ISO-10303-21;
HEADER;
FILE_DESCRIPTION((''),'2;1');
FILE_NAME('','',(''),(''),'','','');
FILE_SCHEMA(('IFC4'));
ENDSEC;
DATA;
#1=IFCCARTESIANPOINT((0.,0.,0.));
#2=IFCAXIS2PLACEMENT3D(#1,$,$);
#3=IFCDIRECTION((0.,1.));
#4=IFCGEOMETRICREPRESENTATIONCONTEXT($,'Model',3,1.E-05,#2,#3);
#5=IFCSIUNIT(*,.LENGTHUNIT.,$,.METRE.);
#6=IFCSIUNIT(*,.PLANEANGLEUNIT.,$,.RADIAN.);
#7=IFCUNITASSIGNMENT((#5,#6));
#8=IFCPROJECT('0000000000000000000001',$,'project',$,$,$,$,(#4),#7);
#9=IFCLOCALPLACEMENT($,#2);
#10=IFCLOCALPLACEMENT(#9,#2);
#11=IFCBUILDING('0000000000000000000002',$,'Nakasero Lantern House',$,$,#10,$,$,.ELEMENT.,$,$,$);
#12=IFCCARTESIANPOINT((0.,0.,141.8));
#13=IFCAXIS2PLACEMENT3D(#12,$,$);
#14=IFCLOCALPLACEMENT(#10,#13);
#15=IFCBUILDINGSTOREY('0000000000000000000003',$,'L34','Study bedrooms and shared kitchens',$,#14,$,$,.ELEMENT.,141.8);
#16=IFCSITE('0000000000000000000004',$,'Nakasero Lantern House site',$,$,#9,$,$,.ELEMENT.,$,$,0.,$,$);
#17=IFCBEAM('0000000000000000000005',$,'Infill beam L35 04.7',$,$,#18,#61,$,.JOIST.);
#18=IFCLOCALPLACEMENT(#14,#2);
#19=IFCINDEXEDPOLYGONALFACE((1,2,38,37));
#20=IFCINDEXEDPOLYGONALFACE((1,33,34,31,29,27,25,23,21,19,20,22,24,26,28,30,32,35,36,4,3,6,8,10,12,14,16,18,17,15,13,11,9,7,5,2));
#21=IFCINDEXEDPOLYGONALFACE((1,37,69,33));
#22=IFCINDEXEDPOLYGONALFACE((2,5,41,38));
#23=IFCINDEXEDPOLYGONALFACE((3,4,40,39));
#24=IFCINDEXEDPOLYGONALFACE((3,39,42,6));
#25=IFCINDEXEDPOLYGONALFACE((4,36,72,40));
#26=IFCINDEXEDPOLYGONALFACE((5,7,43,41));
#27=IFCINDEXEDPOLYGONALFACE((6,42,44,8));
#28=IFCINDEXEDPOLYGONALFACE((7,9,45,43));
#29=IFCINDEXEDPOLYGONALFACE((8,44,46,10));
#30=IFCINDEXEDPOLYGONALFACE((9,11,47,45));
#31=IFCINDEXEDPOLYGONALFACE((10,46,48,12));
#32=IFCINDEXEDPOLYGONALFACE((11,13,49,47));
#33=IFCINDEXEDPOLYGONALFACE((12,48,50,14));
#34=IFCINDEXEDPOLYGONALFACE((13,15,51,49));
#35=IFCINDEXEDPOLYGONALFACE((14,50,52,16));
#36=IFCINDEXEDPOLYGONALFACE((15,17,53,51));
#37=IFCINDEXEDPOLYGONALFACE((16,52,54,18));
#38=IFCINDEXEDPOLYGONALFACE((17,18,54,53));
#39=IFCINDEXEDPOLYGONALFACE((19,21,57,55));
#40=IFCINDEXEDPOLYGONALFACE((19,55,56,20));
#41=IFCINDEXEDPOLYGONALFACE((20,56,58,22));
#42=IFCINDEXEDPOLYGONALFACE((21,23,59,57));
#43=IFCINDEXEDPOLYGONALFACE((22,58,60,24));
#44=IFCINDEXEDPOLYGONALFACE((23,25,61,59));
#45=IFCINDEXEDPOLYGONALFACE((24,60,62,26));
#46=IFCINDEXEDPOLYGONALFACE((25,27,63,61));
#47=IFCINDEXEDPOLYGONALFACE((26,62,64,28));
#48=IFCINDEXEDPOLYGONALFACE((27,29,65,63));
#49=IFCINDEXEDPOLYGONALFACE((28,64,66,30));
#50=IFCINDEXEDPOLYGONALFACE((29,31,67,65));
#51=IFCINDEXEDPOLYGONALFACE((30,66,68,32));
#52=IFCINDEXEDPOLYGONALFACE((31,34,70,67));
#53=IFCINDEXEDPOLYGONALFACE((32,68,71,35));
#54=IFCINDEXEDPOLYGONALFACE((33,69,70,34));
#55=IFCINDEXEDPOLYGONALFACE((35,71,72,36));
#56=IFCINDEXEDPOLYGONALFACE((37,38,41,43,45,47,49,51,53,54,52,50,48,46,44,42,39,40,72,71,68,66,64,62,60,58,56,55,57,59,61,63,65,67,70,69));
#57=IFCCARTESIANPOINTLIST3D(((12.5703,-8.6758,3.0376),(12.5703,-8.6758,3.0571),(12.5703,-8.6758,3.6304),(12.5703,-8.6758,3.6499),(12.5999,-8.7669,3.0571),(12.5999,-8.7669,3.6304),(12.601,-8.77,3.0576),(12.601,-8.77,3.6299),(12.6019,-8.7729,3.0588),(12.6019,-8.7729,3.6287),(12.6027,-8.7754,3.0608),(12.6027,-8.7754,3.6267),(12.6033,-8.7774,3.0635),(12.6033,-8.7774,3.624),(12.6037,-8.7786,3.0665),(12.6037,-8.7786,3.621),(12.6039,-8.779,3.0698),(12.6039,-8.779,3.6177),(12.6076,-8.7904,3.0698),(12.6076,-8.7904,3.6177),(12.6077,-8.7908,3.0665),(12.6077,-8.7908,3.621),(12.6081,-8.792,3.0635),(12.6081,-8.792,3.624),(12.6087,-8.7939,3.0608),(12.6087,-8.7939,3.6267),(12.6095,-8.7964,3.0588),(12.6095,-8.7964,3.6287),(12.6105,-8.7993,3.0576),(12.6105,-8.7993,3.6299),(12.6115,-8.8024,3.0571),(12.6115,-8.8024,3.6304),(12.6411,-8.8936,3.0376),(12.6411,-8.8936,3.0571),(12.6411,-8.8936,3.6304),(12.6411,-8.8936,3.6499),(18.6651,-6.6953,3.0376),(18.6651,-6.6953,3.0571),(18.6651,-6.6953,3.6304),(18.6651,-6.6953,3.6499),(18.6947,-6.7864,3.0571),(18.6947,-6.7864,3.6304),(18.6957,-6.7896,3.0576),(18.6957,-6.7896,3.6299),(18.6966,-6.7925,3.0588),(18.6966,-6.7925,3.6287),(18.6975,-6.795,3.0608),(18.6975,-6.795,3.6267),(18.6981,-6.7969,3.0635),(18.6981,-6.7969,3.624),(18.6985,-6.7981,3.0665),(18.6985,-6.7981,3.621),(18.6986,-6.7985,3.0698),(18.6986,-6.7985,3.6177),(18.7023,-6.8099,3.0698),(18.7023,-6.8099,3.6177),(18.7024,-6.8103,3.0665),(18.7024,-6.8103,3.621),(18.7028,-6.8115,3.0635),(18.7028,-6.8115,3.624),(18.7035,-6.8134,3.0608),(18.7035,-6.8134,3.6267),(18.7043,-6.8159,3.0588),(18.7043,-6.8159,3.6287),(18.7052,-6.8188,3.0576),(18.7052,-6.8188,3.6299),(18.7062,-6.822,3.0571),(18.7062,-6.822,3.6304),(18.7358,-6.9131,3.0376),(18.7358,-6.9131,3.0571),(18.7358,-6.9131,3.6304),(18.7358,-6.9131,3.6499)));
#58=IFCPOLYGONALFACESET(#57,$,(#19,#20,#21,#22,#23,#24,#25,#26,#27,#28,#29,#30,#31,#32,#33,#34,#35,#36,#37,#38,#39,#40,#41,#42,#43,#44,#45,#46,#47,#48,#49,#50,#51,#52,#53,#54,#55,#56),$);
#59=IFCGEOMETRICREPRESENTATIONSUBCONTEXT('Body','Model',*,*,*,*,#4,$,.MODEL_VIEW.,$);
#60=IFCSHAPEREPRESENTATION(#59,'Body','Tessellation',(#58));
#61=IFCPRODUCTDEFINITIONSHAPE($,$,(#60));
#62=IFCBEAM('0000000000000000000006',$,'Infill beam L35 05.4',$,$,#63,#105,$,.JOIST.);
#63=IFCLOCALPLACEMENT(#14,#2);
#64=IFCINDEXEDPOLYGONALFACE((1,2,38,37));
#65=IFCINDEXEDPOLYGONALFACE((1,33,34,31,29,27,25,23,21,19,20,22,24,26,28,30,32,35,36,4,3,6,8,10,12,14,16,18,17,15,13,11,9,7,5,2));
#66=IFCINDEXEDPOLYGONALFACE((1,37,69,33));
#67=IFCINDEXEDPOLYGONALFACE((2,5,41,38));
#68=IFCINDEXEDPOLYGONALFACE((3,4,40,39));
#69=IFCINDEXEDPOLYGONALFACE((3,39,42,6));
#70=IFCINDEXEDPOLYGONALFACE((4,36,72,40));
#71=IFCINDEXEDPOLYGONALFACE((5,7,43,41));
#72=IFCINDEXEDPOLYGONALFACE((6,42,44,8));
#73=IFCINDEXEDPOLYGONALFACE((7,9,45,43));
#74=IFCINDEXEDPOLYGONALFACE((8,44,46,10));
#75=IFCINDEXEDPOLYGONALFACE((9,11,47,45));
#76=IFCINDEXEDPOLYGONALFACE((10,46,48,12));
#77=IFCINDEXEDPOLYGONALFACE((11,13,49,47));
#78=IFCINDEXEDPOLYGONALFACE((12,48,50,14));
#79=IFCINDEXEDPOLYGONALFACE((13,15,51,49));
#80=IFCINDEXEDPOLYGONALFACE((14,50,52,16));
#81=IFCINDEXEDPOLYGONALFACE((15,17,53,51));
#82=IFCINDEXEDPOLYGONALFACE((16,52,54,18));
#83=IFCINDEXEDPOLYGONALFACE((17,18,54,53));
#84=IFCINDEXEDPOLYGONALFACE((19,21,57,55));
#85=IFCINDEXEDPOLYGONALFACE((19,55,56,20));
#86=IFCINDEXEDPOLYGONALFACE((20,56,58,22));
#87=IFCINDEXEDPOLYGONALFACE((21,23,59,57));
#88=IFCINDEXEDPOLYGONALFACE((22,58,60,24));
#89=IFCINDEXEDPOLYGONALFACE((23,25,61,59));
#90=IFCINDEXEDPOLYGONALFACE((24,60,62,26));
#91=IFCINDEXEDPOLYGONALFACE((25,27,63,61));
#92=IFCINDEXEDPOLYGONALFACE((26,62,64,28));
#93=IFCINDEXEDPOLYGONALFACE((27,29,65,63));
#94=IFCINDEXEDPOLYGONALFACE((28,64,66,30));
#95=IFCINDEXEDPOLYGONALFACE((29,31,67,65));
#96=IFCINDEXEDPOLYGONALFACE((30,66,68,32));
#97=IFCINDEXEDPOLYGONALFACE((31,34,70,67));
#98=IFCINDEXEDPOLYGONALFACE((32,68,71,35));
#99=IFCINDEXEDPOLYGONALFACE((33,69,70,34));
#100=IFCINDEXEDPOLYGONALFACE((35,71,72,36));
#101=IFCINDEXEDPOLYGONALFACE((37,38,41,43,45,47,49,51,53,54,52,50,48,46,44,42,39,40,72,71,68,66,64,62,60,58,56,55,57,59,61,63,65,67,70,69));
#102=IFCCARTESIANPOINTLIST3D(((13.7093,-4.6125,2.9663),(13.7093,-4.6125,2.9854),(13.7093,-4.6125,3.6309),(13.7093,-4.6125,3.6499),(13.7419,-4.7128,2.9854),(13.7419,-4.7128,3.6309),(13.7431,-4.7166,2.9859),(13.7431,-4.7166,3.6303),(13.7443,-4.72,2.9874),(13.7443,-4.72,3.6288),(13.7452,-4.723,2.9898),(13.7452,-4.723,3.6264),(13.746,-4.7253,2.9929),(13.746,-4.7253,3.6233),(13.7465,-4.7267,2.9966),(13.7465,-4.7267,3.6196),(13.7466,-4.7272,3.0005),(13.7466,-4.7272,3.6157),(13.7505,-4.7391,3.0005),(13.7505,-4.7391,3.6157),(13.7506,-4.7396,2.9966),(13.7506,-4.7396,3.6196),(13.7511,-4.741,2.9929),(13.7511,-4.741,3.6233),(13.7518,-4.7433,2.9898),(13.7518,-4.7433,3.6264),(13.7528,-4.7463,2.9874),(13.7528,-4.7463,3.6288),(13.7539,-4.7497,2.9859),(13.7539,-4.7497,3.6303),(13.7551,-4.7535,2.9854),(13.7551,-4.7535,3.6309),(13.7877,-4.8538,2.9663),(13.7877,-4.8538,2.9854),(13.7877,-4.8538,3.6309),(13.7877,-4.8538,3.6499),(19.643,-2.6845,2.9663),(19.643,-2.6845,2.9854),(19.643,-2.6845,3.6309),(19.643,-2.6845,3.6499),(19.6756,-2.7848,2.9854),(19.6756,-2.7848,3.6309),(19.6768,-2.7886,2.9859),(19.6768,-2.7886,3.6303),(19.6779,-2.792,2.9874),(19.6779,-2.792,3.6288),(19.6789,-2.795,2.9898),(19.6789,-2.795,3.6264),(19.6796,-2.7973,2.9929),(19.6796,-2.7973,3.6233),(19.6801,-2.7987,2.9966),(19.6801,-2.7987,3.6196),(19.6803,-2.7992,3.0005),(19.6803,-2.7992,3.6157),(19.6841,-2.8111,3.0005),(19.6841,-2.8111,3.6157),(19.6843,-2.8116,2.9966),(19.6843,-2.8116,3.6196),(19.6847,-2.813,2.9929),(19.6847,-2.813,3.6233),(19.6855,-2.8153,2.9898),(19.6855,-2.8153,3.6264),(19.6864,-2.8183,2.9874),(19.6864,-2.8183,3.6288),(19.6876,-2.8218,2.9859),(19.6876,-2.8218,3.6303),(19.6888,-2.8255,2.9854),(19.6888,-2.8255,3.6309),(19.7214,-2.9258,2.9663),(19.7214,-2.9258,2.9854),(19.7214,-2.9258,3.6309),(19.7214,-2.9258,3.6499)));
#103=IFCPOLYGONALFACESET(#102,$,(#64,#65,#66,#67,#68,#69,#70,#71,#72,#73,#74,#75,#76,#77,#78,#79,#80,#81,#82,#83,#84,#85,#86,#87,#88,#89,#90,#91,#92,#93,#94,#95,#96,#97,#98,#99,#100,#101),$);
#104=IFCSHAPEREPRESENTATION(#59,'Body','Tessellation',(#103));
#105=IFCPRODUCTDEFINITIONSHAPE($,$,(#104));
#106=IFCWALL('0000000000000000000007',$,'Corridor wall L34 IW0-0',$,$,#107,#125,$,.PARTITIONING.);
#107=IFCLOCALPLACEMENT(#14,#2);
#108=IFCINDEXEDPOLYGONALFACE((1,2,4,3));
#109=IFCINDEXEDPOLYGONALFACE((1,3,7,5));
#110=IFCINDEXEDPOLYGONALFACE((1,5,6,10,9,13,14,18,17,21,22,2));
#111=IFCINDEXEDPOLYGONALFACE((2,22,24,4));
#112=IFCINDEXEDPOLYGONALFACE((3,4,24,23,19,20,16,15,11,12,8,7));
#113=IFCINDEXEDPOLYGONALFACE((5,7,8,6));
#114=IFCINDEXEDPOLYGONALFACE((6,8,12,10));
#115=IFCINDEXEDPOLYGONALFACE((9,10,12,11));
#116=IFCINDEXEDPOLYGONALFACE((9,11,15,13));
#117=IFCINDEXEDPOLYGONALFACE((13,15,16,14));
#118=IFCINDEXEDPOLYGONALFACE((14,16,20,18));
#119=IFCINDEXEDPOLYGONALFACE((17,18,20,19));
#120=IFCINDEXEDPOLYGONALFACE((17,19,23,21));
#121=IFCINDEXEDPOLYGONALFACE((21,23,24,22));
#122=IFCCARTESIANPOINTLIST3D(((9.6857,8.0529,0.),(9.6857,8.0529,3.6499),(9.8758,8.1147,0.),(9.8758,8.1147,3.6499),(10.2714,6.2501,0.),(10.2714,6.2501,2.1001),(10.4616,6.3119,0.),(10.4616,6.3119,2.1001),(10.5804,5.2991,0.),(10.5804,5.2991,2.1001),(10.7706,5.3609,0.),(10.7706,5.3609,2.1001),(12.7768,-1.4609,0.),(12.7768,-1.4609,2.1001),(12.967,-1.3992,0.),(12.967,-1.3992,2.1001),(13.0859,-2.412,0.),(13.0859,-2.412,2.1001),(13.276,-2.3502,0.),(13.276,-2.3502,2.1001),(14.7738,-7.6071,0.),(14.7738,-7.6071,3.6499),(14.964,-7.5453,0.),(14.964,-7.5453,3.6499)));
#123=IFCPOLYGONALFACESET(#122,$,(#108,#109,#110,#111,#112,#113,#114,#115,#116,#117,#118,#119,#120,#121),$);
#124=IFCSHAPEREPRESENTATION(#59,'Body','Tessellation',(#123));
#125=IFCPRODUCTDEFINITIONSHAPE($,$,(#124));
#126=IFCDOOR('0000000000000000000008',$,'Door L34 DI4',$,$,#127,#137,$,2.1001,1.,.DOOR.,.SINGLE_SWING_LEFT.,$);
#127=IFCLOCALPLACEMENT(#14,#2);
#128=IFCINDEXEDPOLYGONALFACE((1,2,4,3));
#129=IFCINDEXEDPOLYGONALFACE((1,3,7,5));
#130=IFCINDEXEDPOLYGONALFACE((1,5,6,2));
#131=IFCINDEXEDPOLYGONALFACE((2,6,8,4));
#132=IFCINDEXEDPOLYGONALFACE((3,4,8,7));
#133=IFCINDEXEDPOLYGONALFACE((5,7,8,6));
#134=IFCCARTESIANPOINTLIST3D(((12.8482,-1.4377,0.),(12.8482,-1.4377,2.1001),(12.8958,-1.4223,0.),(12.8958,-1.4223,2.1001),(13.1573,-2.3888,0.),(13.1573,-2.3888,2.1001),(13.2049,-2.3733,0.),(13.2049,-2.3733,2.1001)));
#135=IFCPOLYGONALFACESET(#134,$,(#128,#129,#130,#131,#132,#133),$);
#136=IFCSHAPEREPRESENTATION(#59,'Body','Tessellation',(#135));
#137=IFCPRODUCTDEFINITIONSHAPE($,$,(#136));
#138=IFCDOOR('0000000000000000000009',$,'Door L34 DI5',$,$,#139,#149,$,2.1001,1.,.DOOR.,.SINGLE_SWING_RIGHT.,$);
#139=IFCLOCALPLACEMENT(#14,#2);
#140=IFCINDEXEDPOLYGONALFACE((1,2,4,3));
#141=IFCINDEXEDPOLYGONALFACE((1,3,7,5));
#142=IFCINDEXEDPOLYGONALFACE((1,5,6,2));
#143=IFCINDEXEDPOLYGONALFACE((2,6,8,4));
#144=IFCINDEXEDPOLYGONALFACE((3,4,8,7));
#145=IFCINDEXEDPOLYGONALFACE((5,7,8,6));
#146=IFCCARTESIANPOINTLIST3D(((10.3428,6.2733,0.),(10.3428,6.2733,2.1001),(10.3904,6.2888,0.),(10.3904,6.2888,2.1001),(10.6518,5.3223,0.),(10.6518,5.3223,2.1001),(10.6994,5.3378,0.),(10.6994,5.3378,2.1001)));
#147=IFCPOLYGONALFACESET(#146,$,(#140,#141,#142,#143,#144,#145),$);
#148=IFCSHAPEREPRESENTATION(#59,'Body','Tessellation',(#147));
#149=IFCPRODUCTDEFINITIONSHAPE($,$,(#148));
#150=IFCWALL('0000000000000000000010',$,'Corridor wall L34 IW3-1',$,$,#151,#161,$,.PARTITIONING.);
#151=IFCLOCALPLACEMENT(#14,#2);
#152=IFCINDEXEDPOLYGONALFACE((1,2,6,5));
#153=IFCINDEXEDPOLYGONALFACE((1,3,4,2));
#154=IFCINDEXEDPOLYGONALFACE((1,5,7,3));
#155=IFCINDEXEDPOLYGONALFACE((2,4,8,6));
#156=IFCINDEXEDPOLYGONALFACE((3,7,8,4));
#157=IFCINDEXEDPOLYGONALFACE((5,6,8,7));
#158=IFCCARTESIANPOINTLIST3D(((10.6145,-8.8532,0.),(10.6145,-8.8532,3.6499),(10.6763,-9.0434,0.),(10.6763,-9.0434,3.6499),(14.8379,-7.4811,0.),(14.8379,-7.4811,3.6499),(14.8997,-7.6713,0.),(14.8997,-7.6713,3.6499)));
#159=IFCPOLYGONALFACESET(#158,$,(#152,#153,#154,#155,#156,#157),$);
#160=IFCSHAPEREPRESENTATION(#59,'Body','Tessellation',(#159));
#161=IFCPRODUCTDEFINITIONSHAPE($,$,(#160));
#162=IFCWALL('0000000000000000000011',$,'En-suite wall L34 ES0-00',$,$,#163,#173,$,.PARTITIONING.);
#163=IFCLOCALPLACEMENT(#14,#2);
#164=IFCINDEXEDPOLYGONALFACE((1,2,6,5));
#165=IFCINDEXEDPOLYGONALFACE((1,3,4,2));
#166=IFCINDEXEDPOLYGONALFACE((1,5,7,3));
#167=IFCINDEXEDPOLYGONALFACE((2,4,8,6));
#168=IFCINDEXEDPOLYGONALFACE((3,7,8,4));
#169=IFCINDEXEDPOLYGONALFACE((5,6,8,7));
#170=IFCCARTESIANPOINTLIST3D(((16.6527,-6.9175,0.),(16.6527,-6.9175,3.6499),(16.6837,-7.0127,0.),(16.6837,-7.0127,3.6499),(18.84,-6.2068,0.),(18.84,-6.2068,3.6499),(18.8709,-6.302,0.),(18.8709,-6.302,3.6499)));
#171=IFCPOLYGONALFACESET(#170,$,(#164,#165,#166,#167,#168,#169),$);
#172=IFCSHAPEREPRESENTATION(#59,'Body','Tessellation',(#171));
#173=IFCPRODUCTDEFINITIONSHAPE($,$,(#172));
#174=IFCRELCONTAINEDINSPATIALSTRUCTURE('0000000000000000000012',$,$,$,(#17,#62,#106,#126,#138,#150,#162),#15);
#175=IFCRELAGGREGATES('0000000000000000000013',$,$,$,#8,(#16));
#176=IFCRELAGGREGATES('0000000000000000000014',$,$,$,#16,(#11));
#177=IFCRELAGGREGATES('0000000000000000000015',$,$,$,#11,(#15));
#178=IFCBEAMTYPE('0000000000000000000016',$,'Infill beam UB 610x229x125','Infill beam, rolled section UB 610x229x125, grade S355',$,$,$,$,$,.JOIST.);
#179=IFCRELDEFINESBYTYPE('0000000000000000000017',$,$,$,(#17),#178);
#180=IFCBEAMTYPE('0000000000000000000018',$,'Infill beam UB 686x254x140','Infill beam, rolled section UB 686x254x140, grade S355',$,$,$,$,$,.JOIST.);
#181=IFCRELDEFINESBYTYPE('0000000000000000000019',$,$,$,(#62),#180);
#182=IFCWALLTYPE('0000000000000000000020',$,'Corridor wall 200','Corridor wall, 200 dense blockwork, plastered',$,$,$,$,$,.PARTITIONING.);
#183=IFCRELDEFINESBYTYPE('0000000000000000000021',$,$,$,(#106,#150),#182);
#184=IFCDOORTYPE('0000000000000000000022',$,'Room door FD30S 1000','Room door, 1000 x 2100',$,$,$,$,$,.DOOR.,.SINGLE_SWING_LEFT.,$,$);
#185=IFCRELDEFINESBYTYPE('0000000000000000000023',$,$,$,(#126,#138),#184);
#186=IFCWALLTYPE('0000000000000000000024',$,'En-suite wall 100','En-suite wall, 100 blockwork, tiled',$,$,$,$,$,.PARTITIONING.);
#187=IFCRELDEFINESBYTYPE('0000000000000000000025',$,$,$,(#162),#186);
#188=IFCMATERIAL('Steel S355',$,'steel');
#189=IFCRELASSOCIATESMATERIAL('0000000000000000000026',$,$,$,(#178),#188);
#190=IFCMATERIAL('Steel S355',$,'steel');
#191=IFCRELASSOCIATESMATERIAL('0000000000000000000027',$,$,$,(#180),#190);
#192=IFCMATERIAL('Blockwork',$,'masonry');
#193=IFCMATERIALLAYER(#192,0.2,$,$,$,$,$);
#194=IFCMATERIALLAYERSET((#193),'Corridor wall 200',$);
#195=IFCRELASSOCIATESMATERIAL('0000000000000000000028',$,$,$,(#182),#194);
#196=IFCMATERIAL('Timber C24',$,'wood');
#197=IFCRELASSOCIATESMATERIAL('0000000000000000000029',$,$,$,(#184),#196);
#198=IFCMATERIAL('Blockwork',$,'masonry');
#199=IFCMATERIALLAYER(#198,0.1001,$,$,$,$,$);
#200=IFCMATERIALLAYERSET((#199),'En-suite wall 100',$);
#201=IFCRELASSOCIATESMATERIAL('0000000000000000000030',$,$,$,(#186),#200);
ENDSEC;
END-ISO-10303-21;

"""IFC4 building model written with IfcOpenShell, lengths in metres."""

from ifc_helpers import new_model, si_unit, direction, frame, frame_2d, origin, origin_2d, place, context, subcontext, project, spatial, rectangle, i_section, extrude, material, layer, layer_set, material_profile, profile_set, type_object, element, fill, save


model = new_model("IFC4")

# Units and contexts
model_context = context("Model", 3, precision=1e-05, world=origin(), true_north=direction((0.0, 1.0)))
body_context = subcontext(model_context, "Body", "Model", "MODEL_VIEW")
ifc_project = project(units=[si_unit("LENGTHUNIT", "METRE"), si_unit("PLANEANGLEUNIT", "RADIAN")], contexts=[model_context])

# Site, building, storey
site_placement = place(None, origin())
site = spatial("IfcSite", under=ifc_project, at=site_placement, Name="Nakasero Lantern House site", CompositionType="ELEMENT", RefElevation=0.0)
building_placement = place(site_placement, origin())
building = spatial("IfcBuilding", under=site, at=building_placement, Name="Nakasero Lantern House", CompositionType="ELEMENT")
storey_placement = place(building_placement, frame((0.0, 0.0, 141.8)))
storey = spatial("IfcBuildingStorey", under=building, at=storey_placement, Name="L34", Description="Study bedrooms and shared kitchens", CompositionType="ELEMENT", Elevation=141.8)

# Beams
ifc_material_1 = material(Name="Steel S355", Category="steel")
ifc_material_profile_1 = material_profile(ifc_material_1, i_section(OverallWidth=0.229, OverallDepth=0.6123, WebThickness=0.012, FlangeThickness=0.0195, FilletRadius=0.0127, at=origin_2d()), Name="UB 610x229x125")
ifc_profile_set_1 = profile_set([ifc_material_profile_1], Name="Steel S355")
beam_type_1 = type_object("IfcBeamType", Name="Infill beam UB 610x229x125", Description="Infill beam, rolled section UB 610x229x125, grade S355", PredefinedType="JOIST", material=ifc_profile_set_1)
beam_1_placement = place(storey_placement, frame((12.6057, -8.7847, 3.3438), z_axis=(0.951049, 0.309041, 0.0), x_axis=(-0.309041, 0.951049, 0.0)))
element("IfcBeam", 1, at=beam_1_placement, inside=storey, type_object=beam_type_1, Name="Infill beam L35 04.7", PredefinedType="JOIST", context=body_context, shape_type="SweptSolid", body=[
    extrude(i_section(OverallWidth=0.229, OverallDepth=0.6123, WebThickness=0.012, FlangeThickness=0.0195, FilletRadius=0.0127, at=origin_2d()), origin(), (0.0, 0.0, 1.0), 6.4084),
])
ifc_material_2 = material(Name="Steel S355", Category="steel")
ifc_material_profile_2 = material_profile(ifc_material_2, i_section(OverallWidth=0.2537, OverallDepth=0.6836, WebThickness=0.0125, FlangeThickness=0.019, FilletRadius=0.0151, at=origin_2d()), Name="UB 686x254x140")
ifc_profile_set_2 = profile_set([ifc_material_profile_2], Name="Steel S355")
beam_type_2 = type_object("IfcBeamType", Name="Infill beam UB 686x254x140", Description="Infill beam, rolled section UB 686x254x140, grade S355", PredefinedType="JOIST", material=ifc_profile_set_2)
beam_2_placement = place(storey_placement, frame((13.7485, -4.7332, 3.3081), z_axis=(0.951055, 0.309022, 0.0), x_axis=(-0.309022, 0.951055, 0.0)))
element("IfcBeam", 2, at=beam_2_placement, inside=storey, type_object=beam_type_2, Name="Infill beam L35 05.4", PredefinedType="JOIST", context=body_context, shape_type="SweptSolid", body=[
    extrude(i_section(OverallWidth=0.2537, OverallDepth=0.6836, WebThickness=0.0125, FlangeThickness=0.019, FilletRadius=0.0151, at=origin_2d()), origin(), (0.0, 0.0, 1.0), 6.239),
])

# Wall, openings, doors
ifc_material_3 = material(Name="Blockwork", Category="masonry")
ifc_layer_1 = layer(ifc_material_3, 0.2)
ifc_layer_set_1 = layer_set([ifc_layer_1], Name="Corridor wall 200")
wall_type_1 = type_object("IfcWallType", Name="Corridor wall 200", Description="Corridor wall, 200 dense blockwork, plastered", PredefinedType="PARTITIONING", material=ifc_layer_set_1)
ifc_material_4 = material(Name="Timber C24", Category="wood")
door_type_1 = type_object("IfcDoorType", Name="Room door FD30S 1000", Description="Room door, 1000 x 2100", OperationType="SINGLE_SWING_LEFT", PredefinedType="DOOR", material=ifc_material_4)
wall_1_placement = place(storey_placement, frame((14.8689, -7.5762, 0.0), z_axis=(0.0, 0.0, 1.0), x_axis=(-0.309013, 0.951058, 0.0)))
wall_1 = element("IfcWall", 3, at=wall_1_placement, inside=storey, type_object=wall_type_1, Name="Corridor wall L34 IW0-0", PredefinedType="PARTITIONING", context=body_context, shape_type="SweptSolid", body=[
    extrude(rectangle(XDim=16.4658, YDim=0.2, at=frame_2d((8.2329, 0.0))), origin(), (0.0, 0.0, 1.0), 3.6499),
])
opening_1_placement = place(wall_1_placement, frame((5.4624, 0.0, 0.0)))
opening_1 = element("IfcOpeningElement", 4, at=opening_1_placement, cuts=wall_1, PredefinedType="OPENING", context=body_context, shape_type="SweptSolid", body=[
    extrude(rectangle(XDim=1.0, YDim=2.1001, at=frame_2d((0.5, 1.05))), frame((0.0, 0.1199, 0.0), z_axis=(0.0, -1.0, 0.0), x_axis=(1.0, 0.0, 0.0)), (0.0, 0.0, 1.0), 0.24),
])
opening_2_placement = place(wall_1_placement, frame((13.5703, 0.0, 0.0)))
opening_2 = element("IfcOpeningElement", 5, at=opening_2_placement, cuts=wall_1, PredefinedType="OPENING", context=body_context, shape_type="SweptSolid", body=[
    extrude(rectangle(XDim=1.0, YDim=2.1001, at=frame_2d((0.5, 1.05))), frame((0.0, 0.1199, 0.0), z_axis=(0.0, -1.0, 0.0), x_axis=(1.0, 0.0, 0.0)), (0.0, 0.0, 1.0), 0.24),
])
door_1_placement = place(opening_1_placement, origin())
door_1 = element("IfcDoor", 6, at=door_1_placement, inside=storey, type_object=door_type_1, Name="Door L34 DI4", OperationType="SINGLE_SWING_LEFT", OverallHeight=2.1001, OverallWidth=1.0, PredefinedType="DOOR", context=body_context, shape_type="SweptSolid", body=[
    extrude(rectangle(XDim=1.0, YDim=2.1001, at=frame_2d((0.5, 1.05))), frame((0.0, 0.0249, 0.0), z_axis=(0.0, -1.0, 0.0), x_axis=(1.0, 0.0, 0.0)), (0.0, 0.0, 1.0), 0.05),
])
fill(opening_1, door_1)
door_2_placement = place(opening_2_placement, origin())
door_2 = element("IfcDoor", 7, at=door_2_placement, inside=storey, type_object=door_type_1, Name="Door L34 DI5", OperationType="SINGLE_SWING_RIGHT", OverallHeight=2.1001, OverallWidth=1.0, PredefinedType="DOOR", context=body_context, shape_type="SweptSolid", body=[
    extrude(rectangle(XDim=1.0, YDim=2.1001, at=frame_2d((0.5, 1.05))), frame((0.0, 0.0249, 0.0), z_axis=(0.0, -1.0, 0.0), x_axis=(1.0, 0.0, 0.0)), (0.0, 0.0, 1.0), 0.05),
])
fill(opening_2, door_2)

# Walls
wall_2_placement = place(storey_placement, frame((10.6455, -8.9482, 0.0), z_axis=(0.0, 0.0, 1.0), x_axis=(0.951069, 0.308978, 0.0)))
element("IfcWall", 8, at=wall_2_placement, inside=storey, type_object=wall_type_1, Name="Corridor wall L34 IW3-1", PredefinedType="PARTITIONING", context=body_context, shape_type="SweptSolid", body=[
    extrude(rectangle(XDim=4.4407, YDim=0.2, at=frame_2d((2.2202, 0.0))), origin(), (0.0, 0.0, 1.0), 3.6499),
])
ifc_material_5 = material(Name="Blockwork", Category="masonry")
ifc_layer_2 = layer(ifc_material_5, 0.1001)
ifc_layer_set_2 = layer_set([ifc_layer_2], Name="En-suite wall 100")
wall_type_2 = type_object("IfcWallType", Name="En-suite wall 100", Description="En-suite wall, 100 blockwork, tiled", PredefinedType="PARTITIONING", material=ifc_layer_set_2)
wall_3_placement = place(storey_placement, frame((16.6682, -6.9651, 0.0), z_axis=(0.0, 0.0, 1.0), x_axis=(0.951055, 0.309021, 0.0)))
element("IfcWall", 9, at=wall_3_placement, inside=storey, type_object=wall_type_2, Name="En-suite wall L34 ES0-00", PredefinedType="PARTITIONING", context=body_context, shape_type="SweptSolid", body=[
    extrude(rectangle(XDim=2.2998, YDim=0.1001, at=frame_2d((1.1499, 0.0))), origin(), (0.0, 0.0, 1.0), 3.6499),
])

save(model, "model.ifc")
